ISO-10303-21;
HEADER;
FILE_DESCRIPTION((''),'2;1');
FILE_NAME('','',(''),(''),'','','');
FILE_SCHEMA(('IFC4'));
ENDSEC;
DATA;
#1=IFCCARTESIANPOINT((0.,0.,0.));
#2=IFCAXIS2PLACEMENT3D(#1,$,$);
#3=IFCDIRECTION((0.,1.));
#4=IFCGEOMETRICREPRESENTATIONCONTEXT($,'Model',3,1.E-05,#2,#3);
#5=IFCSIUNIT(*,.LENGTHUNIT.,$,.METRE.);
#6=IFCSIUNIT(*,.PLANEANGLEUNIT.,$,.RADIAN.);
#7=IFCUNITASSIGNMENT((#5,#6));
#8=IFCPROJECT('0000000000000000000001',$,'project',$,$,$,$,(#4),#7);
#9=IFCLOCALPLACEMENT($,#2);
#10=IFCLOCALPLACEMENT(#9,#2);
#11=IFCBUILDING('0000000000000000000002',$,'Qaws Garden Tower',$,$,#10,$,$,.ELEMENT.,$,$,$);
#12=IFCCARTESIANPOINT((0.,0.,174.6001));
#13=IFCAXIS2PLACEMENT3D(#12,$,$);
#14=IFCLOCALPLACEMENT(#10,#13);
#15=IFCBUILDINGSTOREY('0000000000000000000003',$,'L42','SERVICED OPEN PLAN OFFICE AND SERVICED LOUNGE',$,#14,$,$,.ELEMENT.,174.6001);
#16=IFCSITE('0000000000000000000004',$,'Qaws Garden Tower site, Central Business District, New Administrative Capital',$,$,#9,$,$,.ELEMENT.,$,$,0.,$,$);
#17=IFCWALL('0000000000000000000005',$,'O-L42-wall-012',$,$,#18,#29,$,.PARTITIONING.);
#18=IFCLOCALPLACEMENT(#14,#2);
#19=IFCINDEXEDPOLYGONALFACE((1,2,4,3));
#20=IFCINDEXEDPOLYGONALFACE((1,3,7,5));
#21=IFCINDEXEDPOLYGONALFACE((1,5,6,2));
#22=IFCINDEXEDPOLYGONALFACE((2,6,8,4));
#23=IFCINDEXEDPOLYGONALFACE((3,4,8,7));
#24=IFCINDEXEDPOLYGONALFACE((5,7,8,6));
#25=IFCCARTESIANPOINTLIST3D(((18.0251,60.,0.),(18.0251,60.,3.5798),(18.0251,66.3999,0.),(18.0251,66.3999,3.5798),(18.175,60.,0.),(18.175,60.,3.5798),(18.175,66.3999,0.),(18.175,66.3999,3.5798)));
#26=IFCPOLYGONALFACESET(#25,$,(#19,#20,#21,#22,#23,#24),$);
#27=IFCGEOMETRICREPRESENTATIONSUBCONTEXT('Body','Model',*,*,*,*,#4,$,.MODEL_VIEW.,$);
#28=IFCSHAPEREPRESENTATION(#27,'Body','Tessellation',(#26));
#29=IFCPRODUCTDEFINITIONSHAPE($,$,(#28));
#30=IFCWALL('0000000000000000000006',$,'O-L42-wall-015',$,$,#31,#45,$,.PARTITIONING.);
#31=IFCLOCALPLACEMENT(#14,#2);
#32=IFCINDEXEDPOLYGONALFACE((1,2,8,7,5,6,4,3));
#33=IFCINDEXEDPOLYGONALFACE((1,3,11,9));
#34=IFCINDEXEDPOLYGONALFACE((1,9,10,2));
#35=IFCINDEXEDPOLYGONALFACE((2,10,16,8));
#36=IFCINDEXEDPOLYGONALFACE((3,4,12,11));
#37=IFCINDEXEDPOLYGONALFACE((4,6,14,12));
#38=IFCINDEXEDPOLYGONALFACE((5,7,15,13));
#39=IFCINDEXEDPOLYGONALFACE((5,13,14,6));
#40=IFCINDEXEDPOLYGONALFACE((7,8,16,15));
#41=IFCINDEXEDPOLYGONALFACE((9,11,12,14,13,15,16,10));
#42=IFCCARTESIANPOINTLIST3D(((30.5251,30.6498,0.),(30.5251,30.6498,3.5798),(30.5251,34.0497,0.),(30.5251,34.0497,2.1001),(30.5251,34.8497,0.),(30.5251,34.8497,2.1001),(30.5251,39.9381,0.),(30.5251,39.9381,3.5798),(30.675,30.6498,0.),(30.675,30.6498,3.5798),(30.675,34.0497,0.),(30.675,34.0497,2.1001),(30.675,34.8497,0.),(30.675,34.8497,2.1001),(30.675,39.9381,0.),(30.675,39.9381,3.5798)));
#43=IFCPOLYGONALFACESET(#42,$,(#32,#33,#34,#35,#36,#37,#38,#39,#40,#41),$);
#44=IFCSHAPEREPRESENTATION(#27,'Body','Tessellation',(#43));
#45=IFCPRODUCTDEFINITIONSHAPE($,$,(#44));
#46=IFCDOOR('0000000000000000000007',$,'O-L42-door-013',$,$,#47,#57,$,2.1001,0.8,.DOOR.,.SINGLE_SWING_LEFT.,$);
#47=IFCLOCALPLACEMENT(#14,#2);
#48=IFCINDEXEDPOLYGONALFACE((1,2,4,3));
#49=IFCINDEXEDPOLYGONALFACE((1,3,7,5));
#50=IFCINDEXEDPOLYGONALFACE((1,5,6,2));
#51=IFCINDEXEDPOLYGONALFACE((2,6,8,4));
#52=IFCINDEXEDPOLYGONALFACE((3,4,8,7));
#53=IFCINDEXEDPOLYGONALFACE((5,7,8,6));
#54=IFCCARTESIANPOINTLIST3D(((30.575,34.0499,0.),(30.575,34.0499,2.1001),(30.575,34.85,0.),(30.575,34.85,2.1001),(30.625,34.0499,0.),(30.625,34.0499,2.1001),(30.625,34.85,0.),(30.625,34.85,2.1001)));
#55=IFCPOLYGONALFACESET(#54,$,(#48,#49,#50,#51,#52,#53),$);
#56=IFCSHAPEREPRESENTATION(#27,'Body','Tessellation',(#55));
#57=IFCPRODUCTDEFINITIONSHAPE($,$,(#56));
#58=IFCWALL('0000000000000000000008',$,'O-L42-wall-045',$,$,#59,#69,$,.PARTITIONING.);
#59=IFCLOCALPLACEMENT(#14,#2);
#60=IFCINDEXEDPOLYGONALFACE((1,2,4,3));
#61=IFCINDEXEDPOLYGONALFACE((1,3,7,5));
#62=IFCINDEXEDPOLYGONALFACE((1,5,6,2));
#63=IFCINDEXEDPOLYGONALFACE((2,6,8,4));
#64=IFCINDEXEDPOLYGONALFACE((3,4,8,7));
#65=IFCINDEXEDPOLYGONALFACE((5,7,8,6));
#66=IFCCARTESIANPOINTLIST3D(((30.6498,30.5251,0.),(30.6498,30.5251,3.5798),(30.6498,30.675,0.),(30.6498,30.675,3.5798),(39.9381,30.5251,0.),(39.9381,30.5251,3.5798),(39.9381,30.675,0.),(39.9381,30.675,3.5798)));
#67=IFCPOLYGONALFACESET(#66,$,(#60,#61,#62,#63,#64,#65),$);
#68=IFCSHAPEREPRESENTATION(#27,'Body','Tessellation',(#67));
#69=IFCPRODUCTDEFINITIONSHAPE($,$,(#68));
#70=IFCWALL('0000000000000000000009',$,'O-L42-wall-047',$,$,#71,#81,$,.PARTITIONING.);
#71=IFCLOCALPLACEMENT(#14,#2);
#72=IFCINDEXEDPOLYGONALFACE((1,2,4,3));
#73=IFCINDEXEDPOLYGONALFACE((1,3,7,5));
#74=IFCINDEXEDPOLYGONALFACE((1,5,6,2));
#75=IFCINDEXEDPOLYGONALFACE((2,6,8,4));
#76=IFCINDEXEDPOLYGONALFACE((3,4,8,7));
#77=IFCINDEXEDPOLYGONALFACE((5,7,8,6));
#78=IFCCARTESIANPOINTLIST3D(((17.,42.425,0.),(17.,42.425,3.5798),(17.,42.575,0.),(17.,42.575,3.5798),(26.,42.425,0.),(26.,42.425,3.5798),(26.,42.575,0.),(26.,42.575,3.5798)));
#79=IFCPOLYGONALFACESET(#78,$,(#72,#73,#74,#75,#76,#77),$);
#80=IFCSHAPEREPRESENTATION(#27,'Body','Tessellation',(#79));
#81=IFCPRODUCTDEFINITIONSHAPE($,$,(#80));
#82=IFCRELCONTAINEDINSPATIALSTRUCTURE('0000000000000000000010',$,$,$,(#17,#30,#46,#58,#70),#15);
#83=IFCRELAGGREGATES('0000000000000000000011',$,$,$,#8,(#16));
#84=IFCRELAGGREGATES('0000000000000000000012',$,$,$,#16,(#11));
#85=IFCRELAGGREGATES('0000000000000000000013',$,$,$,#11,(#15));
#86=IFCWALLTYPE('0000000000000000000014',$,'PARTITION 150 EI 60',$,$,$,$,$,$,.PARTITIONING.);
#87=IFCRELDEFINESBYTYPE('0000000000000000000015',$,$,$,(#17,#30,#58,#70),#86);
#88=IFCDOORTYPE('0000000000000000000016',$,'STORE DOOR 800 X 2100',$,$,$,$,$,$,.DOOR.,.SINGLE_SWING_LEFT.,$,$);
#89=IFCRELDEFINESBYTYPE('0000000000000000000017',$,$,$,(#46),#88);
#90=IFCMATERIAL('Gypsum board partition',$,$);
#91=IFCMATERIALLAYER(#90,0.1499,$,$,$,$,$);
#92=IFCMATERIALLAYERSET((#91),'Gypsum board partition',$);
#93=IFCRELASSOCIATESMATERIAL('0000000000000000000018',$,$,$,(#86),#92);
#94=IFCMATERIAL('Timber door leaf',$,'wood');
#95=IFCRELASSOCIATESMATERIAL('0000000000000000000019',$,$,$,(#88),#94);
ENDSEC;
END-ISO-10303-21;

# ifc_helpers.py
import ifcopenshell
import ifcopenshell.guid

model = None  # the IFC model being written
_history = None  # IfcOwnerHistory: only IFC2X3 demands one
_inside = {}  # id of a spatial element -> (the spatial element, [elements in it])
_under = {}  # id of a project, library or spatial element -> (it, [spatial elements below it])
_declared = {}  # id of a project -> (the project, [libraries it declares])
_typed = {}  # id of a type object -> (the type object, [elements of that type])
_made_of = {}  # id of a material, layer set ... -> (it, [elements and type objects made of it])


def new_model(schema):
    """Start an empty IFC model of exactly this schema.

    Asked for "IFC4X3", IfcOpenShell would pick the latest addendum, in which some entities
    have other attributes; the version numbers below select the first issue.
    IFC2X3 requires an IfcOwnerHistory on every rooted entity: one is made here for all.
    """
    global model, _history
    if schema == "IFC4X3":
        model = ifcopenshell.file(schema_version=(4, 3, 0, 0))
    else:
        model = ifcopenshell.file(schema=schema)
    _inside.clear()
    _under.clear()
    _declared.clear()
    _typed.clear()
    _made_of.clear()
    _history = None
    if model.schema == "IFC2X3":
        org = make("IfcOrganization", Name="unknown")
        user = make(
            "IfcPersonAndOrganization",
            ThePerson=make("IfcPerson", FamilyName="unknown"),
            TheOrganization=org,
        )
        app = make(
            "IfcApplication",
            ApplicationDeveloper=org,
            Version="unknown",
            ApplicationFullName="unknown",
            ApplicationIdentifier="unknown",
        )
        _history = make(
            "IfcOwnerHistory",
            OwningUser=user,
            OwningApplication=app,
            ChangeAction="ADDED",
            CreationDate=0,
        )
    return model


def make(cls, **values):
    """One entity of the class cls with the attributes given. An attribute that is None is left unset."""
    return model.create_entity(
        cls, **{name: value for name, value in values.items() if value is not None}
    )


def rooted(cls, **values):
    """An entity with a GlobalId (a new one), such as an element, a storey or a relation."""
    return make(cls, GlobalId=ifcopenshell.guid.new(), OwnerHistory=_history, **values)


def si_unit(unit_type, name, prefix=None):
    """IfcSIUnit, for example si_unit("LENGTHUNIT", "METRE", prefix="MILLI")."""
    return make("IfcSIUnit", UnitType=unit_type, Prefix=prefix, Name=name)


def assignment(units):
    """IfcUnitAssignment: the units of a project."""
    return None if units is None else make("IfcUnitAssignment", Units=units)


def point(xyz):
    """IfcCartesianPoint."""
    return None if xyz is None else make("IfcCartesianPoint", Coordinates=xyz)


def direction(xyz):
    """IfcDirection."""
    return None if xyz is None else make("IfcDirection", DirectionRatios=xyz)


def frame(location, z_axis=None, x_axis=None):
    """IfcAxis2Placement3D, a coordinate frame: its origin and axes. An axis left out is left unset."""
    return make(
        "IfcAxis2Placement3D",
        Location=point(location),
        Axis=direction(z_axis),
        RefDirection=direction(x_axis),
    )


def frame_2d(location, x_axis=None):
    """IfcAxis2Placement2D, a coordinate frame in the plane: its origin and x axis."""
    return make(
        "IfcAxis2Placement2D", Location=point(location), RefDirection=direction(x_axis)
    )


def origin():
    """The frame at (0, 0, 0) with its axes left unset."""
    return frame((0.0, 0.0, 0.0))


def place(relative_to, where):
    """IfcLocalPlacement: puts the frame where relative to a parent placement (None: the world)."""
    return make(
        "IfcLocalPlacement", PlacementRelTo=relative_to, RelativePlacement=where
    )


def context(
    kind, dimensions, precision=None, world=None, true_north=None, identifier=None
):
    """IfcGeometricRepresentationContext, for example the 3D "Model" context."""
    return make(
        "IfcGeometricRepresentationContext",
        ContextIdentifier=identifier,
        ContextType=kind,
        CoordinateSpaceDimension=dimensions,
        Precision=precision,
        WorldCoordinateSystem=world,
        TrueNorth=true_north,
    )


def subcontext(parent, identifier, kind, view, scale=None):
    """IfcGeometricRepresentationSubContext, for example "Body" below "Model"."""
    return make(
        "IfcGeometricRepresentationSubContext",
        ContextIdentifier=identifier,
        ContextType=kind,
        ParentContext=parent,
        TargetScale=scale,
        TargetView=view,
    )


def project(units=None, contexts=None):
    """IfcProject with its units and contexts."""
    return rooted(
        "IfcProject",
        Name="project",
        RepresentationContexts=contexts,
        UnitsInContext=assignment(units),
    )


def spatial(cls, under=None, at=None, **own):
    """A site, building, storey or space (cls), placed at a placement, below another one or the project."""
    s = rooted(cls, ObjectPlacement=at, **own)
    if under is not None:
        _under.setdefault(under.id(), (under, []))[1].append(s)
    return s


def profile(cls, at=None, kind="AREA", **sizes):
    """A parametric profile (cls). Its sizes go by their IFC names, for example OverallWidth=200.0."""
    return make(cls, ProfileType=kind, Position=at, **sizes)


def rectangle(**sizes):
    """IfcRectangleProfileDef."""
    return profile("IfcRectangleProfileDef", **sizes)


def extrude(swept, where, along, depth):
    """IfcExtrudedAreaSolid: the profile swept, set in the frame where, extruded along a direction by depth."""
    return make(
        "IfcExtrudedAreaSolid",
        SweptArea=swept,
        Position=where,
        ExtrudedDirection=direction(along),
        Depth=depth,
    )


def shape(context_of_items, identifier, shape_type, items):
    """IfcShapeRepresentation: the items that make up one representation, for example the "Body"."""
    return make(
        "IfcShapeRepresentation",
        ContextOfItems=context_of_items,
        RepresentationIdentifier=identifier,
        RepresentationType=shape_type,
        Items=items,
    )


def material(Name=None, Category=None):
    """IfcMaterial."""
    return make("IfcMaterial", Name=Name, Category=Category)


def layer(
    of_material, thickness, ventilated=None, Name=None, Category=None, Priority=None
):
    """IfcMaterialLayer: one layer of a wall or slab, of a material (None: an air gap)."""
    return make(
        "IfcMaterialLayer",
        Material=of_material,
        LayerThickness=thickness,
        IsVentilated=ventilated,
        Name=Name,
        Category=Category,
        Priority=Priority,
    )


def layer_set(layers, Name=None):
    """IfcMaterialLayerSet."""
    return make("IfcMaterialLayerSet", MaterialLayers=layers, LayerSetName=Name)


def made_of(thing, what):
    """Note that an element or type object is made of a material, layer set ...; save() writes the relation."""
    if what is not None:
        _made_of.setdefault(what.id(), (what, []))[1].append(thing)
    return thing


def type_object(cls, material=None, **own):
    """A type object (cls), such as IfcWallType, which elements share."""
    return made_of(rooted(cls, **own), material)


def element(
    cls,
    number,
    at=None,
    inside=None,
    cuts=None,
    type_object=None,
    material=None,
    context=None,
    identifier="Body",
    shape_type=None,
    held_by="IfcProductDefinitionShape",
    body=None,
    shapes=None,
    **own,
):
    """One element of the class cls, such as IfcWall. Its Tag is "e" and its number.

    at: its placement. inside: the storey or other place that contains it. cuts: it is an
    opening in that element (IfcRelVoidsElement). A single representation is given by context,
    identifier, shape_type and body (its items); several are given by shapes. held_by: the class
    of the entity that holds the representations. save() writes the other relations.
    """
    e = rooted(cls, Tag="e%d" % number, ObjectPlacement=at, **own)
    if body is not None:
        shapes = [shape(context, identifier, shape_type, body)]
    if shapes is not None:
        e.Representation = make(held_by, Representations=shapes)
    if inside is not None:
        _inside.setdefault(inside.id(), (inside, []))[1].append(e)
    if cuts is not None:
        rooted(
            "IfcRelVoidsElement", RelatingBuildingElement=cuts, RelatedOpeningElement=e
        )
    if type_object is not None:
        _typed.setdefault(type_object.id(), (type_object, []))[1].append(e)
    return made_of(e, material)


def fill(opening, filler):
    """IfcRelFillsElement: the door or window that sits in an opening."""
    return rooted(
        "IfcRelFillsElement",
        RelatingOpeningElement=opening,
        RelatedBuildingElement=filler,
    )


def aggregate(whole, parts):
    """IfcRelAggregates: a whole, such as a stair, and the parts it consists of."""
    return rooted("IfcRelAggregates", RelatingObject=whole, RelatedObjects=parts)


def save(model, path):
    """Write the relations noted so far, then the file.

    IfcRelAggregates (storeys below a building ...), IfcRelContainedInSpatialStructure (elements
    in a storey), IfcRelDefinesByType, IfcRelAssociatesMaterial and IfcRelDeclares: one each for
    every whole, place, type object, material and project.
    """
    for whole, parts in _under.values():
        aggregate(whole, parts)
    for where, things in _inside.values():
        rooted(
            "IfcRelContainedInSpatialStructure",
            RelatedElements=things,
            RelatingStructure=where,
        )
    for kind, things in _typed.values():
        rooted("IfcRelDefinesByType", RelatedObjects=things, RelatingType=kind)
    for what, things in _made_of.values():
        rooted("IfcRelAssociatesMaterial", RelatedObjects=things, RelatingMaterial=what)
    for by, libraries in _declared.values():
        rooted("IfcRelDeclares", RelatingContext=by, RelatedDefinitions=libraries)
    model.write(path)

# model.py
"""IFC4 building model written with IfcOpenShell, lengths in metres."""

from ifc_helpers import new_model, si_unit, direction, frame, frame_2d, origin, place, context, subcontext, project, spatial, rectangle, extrude, material, layer, layer_set, type_object, element, fill, save


model = new_model("IFC4")

# Units and contexts
model_context = context("Model", 3, precision=1e-05, world=origin(), true_north=direction((0.0, 1.0)))
body_context = subcontext(model_context, "Body", "Model", "MODEL_VIEW")
ifc_project = project(units=[si_unit("LENGTHUNIT", "METRE"), si_unit("PLANEANGLEUNIT", "RADIAN")], contexts=[model_context])

# Site, building, storey
site_placement = place(None, origin())
site = spatial("IfcSite", under=ifc_project, at=site_placement, Name="Qaws Garden Tower site, Central Business District, New Administrative Capital", CompositionType="ELEMENT", RefElevation=0.0)
building_placement = place(site_placement, origin())
building = spatial("IfcBuilding", under=site, at=building_placement, Name="Qaws Garden Tower", CompositionType="ELEMENT")
storey_placement = place(building_placement, frame((0.0, 0.0, 174.6001)))
storey = spatial("IfcBuildingStorey", under=building, at=storey_placement, Name="L42", Description="SERVICED OPEN PLAN OFFICE AND SERVICED LOUNGE", CompositionType="ELEMENT", Elevation=174.6001)

# Wall
ifc_material_1 = material(Name="Gypsum board partition")
ifc_layer_1 = layer(ifc_material_1, 0.1499)
ifc_layer_set_1 = layer_set([ifc_layer_1], Name="Gypsum board partition")
wall_type_1 = type_object("IfcWallType", Name="PARTITION 150 EI 60", PredefinedType="PARTITIONING", material=ifc_layer_set_1)
wall_1_placement = place(storey_placement, frame((18.1001, 60.0, 0.0), z_axis=(0.0, 0.0, 1.0), x_axis=(0.0, 1.0, 0.0)))
element("IfcWall", 1, at=wall_1_placement, inside=storey, type_object=wall_type_1, Name="O-L42-wall-012", PredefinedType="PARTITIONING", context=body_context, shape_type="SweptSolid", body=[
    extrude(rectangle(XDim=6.3999, YDim=0.1499, at=frame_2d((3.2, 0.0))), origin(), (0.0, 0.0, 1.0), 3.5798),
])

# Wall, opening, door
wall_2_placement = place(storey_placement, frame((30.6001, 30.6499, 0.0), z_axis=(0.0, 0.0, 1.0), x_axis=(0.0, 1.0, 0.0)))
wall_2 = element("IfcWall", 2, at=wall_2_placement, inside=storey, type_object=wall_type_1, Name="O-L42-wall-015", PredefinedType="PARTITIONING", context=body_context, shape_type="SweptSolid", body=[
    extrude(rectangle(XDim=9.2883, YDim=0.1499, at=frame_2d((4.644, 0.0))), origin(), (0.0, 0.0, 1.0), 3.5798),
])
opening_1_placement = place(wall_2_placement, frame((3.3999, 0.0, 0.0)))
opening_1 = element("IfcOpeningElement", 3, at=opening_1_placement, cuts=wall_2, PredefinedType="OPENING", context=body_context, shape_type="SweptSolid", body=[
    extrude(rectangle(XDim=0.8, YDim=2.1001, at=frame_2d((0.3999, 1.05))), frame((0.0, 0.085, 0.0), z_axis=(0.0, -1.0, 0.0), x_axis=(1.0, 0.0, 0.0)), (0.0, 0.0, 1.0), 0.1699),
])
ifc_material_2 = material(Name="Timber door leaf", Category="wood")
door_type = type_object("IfcDoorType", Name="STORE DOOR 800 X 2100", OperationType="SINGLE_SWING_LEFT", PredefinedType="DOOR", material=ifc_material_2)
door_placement = place(opening_1_placement, frame((0.8, 0.0, 0.0), z_axis=(0.0, 0.0, 1.0), x_axis=(-1.0, 0.0, 0.0)))
door = element("IfcDoor", 4, at=door_placement, inside=storey, type_object=door_type, Name="O-L42-door-013", OperationType="SINGLE_SWING_LEFT", OverallHeight=2.1001, OverallWidth=0.8, PredefinedType="DOOR", context=body_context, shape_type="SweptSolid", body=[
    extrude(rectangle(XDim=0.8, YDim=2.1001, at=frame_2d((0.3999, 1.05))), frame((0.0, 0.0249, 0.0), z_axis=(0.0, -1.0, 0.0), x_axis=(1.0, 0.0, 0.0)), (0.0, 0.0, 1.0), 0.05),
])
fill(opening_1, door)

# Walls
wall_3_placement = place(storey_placement, frame((30.6499, 30.6001, 0.0), z_axis=(0.0, 0.0, 1.0), x_axis=(1.0, 0.0, 0.0)))
element("IfcWall", 5, at=wall_3_placement, inside=storey, type_object=wall_type_1, Name="O-L42-wall-045", PredefinedType="PARTITIONING", context=body_context, shape_type="SweptSolid", body=[
    extrude(rectangle(XDim=9.2883, YDim=0.1499, at=frame_2d((4.644, 0.0))), origin(), (0.0, 0.0, 1.0), 3.5798),
])
wall_4_placement = place(storey_placement, frame((17.0, 42.5, 0.0), z_axis=(0.0, 0.0, 1.0), x_axis=(1.0, 0.0, 0.0)))
element("IfcWall", 6, at=wall_4_placement, inside=storey, type_object=wall_type_1, Name="O-L42-wall-047", PredefinedType="PARTITIONING", context=body_context, shape_type="SweptSolid", body=[
    extrude(rectangle(XDim=9.0, YDim=0.1499, at=frame_2d((4.5, 0.0))), origin(), (0.0, 0.0, 1.0), 3.5798),
])

save(model, "model.ifc")
